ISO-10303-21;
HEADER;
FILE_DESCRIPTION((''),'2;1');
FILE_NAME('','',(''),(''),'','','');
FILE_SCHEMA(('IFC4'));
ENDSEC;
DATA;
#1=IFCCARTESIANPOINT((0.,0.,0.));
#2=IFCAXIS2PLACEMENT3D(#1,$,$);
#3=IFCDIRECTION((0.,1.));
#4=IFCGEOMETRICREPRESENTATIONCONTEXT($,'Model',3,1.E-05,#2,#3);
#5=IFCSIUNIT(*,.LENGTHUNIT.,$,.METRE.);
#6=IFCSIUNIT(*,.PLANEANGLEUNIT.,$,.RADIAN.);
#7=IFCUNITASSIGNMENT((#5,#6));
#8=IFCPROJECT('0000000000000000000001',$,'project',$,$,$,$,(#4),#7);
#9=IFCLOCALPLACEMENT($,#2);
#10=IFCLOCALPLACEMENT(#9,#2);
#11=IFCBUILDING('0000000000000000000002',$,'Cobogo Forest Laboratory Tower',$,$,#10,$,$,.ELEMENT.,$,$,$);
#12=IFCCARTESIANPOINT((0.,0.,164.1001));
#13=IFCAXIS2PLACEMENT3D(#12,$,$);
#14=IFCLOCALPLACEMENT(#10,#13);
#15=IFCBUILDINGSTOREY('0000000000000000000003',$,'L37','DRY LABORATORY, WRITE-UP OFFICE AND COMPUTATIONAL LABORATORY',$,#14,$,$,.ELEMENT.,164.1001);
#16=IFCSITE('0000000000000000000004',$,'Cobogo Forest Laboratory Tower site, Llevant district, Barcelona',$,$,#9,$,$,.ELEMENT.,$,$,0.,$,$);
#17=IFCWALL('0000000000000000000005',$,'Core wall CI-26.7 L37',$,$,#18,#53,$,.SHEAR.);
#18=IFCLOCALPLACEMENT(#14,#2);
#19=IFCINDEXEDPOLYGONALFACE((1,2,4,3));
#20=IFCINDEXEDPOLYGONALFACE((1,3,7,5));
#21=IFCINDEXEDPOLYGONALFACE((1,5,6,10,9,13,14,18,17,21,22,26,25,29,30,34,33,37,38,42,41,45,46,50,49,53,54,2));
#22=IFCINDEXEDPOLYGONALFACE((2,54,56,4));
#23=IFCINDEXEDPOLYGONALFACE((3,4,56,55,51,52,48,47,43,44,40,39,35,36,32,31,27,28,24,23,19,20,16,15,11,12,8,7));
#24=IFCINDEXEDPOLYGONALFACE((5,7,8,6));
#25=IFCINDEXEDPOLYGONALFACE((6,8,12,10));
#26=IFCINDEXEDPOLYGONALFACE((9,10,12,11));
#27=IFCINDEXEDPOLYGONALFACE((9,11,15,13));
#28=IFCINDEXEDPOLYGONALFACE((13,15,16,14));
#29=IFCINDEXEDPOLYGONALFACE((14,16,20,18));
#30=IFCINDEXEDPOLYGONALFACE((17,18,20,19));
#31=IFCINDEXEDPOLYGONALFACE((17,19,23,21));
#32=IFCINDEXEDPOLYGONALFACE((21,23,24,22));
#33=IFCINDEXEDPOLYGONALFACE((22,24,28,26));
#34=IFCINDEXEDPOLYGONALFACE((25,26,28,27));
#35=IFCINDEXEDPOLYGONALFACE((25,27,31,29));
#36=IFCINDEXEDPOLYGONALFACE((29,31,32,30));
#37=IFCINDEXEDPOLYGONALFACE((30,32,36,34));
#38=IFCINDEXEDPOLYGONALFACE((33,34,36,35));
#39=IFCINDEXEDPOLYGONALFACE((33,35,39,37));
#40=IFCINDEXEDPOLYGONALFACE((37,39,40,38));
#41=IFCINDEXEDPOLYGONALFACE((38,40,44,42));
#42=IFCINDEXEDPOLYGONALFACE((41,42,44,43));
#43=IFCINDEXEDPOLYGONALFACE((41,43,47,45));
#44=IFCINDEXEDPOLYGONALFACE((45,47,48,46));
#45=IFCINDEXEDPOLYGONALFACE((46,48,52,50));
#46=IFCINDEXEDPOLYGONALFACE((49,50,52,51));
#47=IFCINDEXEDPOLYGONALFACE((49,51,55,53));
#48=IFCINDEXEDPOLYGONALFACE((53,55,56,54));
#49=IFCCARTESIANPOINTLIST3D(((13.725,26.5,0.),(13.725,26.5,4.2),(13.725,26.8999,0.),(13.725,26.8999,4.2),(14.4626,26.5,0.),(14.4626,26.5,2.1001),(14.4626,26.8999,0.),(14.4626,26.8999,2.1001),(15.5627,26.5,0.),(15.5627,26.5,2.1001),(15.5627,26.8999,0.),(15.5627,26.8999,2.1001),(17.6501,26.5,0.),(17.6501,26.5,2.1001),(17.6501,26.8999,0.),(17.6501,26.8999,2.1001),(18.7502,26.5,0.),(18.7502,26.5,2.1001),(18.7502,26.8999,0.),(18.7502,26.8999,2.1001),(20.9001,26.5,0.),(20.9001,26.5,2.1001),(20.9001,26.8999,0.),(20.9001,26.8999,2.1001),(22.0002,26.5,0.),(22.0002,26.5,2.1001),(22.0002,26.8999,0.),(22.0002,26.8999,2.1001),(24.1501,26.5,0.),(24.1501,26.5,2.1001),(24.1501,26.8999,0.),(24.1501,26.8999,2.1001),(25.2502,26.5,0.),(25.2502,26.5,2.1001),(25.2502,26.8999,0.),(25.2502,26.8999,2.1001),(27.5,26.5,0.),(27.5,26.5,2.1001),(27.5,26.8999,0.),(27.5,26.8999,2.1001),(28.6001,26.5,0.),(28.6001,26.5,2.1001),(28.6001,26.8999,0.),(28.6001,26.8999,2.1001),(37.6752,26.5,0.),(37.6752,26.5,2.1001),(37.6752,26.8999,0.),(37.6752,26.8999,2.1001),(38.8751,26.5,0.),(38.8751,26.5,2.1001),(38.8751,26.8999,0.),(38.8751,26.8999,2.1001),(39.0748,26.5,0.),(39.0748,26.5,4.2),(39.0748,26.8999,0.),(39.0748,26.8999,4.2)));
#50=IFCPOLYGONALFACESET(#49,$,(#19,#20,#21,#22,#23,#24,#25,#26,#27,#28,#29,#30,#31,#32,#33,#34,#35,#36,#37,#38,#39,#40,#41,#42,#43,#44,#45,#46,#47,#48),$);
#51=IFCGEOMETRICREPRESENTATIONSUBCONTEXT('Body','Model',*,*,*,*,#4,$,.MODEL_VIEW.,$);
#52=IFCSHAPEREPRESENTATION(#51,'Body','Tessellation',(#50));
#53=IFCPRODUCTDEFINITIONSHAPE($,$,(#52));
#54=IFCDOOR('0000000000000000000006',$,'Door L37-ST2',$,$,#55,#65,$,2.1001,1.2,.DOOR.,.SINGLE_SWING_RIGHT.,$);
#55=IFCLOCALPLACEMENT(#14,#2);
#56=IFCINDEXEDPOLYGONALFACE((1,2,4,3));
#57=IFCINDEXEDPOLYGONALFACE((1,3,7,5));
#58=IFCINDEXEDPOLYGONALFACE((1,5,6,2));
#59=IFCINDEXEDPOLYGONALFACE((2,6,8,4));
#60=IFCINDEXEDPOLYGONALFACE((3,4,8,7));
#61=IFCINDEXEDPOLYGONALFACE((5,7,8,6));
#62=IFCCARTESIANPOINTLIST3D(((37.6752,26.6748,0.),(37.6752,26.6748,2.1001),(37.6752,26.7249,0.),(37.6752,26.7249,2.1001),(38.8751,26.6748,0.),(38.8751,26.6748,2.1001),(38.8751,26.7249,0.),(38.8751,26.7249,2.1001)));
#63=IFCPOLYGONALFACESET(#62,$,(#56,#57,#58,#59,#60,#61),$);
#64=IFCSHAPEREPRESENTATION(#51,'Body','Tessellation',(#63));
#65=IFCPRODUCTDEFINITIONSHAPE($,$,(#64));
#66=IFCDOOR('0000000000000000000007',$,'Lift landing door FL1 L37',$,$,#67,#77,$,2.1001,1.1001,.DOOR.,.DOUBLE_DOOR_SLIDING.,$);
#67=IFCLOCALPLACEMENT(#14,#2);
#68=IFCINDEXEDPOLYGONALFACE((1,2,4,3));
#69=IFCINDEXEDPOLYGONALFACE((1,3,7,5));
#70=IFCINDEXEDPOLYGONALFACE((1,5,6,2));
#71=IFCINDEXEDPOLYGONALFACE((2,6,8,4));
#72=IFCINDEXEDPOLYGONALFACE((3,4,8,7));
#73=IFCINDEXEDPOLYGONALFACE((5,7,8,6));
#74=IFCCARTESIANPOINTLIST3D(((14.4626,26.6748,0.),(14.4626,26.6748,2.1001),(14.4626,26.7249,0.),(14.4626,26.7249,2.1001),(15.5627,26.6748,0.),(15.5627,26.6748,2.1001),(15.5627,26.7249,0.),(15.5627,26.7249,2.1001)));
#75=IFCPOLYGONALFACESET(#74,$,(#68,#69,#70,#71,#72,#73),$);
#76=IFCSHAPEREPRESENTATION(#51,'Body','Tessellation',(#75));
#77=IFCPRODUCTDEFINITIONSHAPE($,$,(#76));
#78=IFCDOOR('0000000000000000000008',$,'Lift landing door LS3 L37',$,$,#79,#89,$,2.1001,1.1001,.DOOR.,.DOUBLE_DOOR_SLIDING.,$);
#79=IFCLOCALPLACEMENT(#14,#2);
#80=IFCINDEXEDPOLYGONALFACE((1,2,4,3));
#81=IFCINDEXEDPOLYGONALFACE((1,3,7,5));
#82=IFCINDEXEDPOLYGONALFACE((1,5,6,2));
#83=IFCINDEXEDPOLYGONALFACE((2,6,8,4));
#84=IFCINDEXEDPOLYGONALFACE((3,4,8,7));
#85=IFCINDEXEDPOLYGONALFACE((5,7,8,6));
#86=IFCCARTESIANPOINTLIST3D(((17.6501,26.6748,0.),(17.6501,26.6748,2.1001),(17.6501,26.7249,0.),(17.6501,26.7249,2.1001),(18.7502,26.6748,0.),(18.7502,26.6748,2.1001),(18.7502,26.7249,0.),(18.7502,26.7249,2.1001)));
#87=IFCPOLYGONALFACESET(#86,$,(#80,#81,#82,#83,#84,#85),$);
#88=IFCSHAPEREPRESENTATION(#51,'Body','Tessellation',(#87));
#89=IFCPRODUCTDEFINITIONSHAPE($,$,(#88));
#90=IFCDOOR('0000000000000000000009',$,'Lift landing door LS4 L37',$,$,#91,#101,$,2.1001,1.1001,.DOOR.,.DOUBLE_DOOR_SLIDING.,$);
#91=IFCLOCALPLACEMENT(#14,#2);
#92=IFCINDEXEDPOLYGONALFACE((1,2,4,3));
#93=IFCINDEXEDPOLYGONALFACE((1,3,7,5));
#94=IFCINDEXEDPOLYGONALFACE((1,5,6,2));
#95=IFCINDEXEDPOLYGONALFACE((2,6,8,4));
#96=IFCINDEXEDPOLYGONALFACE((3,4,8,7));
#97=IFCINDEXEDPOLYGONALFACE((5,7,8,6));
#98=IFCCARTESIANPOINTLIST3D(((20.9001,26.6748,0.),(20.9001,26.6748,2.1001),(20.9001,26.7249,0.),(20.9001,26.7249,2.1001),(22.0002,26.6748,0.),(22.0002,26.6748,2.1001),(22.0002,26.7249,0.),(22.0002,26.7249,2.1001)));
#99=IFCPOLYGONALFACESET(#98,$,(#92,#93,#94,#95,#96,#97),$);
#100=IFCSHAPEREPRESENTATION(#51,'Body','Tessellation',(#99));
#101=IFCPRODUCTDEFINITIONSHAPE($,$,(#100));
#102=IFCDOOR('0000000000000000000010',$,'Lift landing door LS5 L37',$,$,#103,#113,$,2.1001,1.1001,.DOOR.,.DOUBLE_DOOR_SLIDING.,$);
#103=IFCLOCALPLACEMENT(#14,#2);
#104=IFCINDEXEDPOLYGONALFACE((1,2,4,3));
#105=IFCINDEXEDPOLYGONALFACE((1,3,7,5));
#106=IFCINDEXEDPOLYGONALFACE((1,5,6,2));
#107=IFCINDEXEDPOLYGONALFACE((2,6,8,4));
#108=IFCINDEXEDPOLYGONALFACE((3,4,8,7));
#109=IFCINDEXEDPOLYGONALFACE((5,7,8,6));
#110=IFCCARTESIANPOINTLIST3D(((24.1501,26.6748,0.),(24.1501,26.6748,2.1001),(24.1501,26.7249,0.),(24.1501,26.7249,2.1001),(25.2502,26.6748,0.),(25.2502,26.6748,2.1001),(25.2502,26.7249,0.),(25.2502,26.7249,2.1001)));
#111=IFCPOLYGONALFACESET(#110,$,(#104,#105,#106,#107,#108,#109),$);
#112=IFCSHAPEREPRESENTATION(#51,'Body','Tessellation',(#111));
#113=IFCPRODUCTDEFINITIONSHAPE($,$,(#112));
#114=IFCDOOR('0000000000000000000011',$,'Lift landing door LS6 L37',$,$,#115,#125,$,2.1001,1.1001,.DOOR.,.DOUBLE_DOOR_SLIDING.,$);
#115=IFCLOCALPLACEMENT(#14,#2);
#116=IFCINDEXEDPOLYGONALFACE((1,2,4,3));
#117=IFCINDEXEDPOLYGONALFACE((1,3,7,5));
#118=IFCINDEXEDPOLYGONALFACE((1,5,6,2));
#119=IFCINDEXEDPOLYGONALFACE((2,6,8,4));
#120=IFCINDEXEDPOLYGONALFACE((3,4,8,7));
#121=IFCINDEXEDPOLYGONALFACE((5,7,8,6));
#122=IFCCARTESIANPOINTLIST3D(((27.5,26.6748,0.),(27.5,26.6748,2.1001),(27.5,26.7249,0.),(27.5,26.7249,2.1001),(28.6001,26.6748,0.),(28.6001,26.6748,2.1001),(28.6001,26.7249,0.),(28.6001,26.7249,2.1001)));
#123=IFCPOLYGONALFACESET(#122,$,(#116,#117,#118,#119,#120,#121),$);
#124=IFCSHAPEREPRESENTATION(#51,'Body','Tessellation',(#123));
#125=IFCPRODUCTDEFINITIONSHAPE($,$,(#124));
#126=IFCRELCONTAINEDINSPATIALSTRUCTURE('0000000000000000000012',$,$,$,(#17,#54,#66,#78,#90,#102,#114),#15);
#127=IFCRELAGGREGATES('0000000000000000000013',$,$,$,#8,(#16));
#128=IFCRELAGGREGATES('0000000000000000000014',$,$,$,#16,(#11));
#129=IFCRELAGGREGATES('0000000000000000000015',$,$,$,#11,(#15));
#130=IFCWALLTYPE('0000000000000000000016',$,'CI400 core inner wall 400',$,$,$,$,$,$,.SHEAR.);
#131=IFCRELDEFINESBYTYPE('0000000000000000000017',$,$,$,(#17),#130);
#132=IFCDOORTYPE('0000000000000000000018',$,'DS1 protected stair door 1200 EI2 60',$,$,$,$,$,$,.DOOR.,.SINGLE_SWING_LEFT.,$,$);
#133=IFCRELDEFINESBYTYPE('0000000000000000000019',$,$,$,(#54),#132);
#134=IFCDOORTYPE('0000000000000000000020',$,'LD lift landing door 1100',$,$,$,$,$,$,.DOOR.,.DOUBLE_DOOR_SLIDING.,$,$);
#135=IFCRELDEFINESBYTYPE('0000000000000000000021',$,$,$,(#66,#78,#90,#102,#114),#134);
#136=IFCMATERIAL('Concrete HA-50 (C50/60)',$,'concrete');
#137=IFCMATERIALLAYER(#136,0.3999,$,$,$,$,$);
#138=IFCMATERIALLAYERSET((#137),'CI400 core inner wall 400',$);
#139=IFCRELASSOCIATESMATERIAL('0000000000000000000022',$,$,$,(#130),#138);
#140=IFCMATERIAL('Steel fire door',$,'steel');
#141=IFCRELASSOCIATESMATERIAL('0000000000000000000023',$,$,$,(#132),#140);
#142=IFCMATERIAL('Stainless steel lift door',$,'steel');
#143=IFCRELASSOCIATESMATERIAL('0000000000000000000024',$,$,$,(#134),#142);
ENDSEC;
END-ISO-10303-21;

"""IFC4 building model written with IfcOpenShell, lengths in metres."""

from ifc_helpers import new_model, si_unit, direction, frame, frame_2d, origin, place, context, subcontext, project, spatial, rectangle, extrude, material, layer, layer_set, type_object, element, fill, save


model = new_model("IFC4")

# Units and contexts
model_context = context("Model", 3, precision=1e-05, world=origin(), true_north=direction((0.0, 1.0)))
body_context = subcontext(model_context, "Body", "Model", "MODEL_VIEW")
ifc_project = project(units=[si_unit("LENGTHUNIT", "METRE"), si_unit("PLANEANGLEUNIT", "RADIAN")], contexts=[model_context])

# Site, building, storey
site_placement = place(None, origin())
site = spatial("IfcSite", under=ifc_project, at=site_placement, Name="Cobogo Forest Laboratory Tower site, Llevant district, Barcelona", CompositionType="ELEMENT", RefElevation=0.0)
building_placement = place(site_placement, origin())
building = spatial("IfcBuilding", under=site, at=building_placement, Name="Cobogo Forest Laboratory Tower", CompositionType="ELEMENT")
storey_placement = place(building_placement, frame((0.0, 0.0, 164.1001)))
storey = spatial("IfcBuildingStorey", under=building, at=storey_placement, Name="L37", Description="DRY LABORATORY, WRITE-UP OFFICE AND COMPUTATIONAL LABORATORY", CompositionType="ELEMENT", Elevation=164.1001)

# Shared definitions
ifc_material_1 = material(Name="Concrete HA-50 (C50/60)", Category="concrete")

# Shared definitions
ifc_layer_1 = layer(ifc_material_1, 0.3999)
ifc_layer_set_1 = layer_set([ifc_layer_1], Name="CI400 core inner wall 400")
wall_type_1 = type_object("IfcWallType", Name="CI400 core inner wall 400", PredefinedType="SHEAR", material=ifc_layer_set_1)

# Wall, openings, doors
wall_1_placement = place(storey_placement, frame((13.7251, 26.7, 0.0), z_axis=(0.0, 0.0, 1.0), x_axis=(1.0, 0.0, 0.0)))
wall_1 = element("IfcWall", 1, at=wall_1_placement, inside=storey, type_object=wall_type_1, Name="Core wall CI-26.7 L37", PredefinedType="SHEAR", context=body_context, shape_type="SweptSolid", body=[
    extrude(rectangle(XDim=25.3499, YDim=0.3999, at=frame_2d((12.6748, 0.0))), origin(), (0.0, 0.0, 1.0), 4.2),
])
opening_1_placement = place(wall_1_placement, frame((23.95, 0.0, 0.0)))
opening_1 = element("IfcOpeningElement", 2, at=opening_1_placement, cuts=wall_1, PredefinedType="OPENING", context=body_context, shape_type="SweptSolid", body=[
    extrude(rectangle(XDim=1.2, YDim=2.1001, at=frame_2d((0.6001, 1.05))), frame((0.0, 0.21, 0.0), z_axis=(0.0, -1.0, 0.0), x_axis=(1.0, 0.0, 0.0)), (0.0, 0.0, 1.0), 0.4199),
])
opening_2_placement = place(wall_1_placement, frame((0.7375, 0.0, 0.0)))
opening_2 = element("IfcOpeningElement", 3, at=opening_2_placement, cuts=wall_1, PredefinedType="OPENING", context=body_context, shape_type="SweptSolid", body=[
    extrude(rectangle(XDim=1.1001, YDim=2.1001, at=frame_2d((0.55, 1.05))), frame((0.0, 0.21, 0.0), z_axis=(0.0, -1.0, 0.0), x_axis=(1.0, 0.0, 0.0)), (0.0, 0.0, 1.0), 0.4199),
])
opening_3_placement = place(wall_1_placement, frame((3.925, 0.0, 0.0)))
opening_3 = element("IfcOpeningElement", 4, at=opening_3_placement, cuts=wall_1, PredefinedType="OPENING", context=body_context, shape_type="SweptSolid", body=[
    extrude(rectangle(XDim=1.1001, YDim=2.1001, at=frame_2d((0.55, 1.05))), frame((0.0, 0.21, 0.0), z_axis=(0.0, -1.0, 0.0), x_axis=(1.0, 0.0, 0.0)), (0.0, 0.0, 1.0), 0.4199),
])
opening_4_placement = place(wall_1_placement, frame((7.175, 0.0, 0.0)))
opening_4 = element("IfcOpeningElement", 5, at=opening_4_placement, cuts=wall_1, PredefinedType="OPENING", context=body_context, shape_type="SweptSolid", body=[
    extrude(rectangle(XDim=1.1001, YDim=2.1001, at=frame_2d((0.55, 1.05))), frame((0.0, 0.21, 0.0), z_axis=(0.0, -1.0, 0.0), x_axis=(1.0, 0.0, 0.0)), (0.0, 0.0, 1.0), 0.4199),
])
opening_5_placement = place(wall_1_placement, frame((10.425, 0.0, 0.0)))
opening_5 = element("IfcOpeningElement", 6, at=opening_5_placement, cuts=wall_1, PredefinedType="OPENING", context=body_context, shape_type="SweptSolid", body=[
    extrude(rectangle(XDim=1.1001, YDim=2.1001, at=frame_2d((0.55, 1.05))), frame((0.0, 0.21, 0.0), z_axis=(0.0, -1.0, 0.0), x_axis=(1.0, 0.0, 0.0)), (0.0, 0.0, 1.0), 0.4199),
])
opening_6_placement = place(wall_1_placement, frame((13.7749, 0.0, 0.0)))
opening_6 = element("IfcOpeningElement", 7, at=opening_6_placement, cuts=wall_1, PredefinedType="OPENING", context=body_context, shape_type="SweptSolid", body=[
    extrude(rectangle(XDim=1.1001, YDim=2.1001, at=frame_2d((0.55, 1.05))), frame((0.0, 0.21, 0.0), z_axis=(0.0, -1.0, 0.0), x_axis=(1.0, 0.0, 0.0)), (0.0, 0.0, 1.0), 0.4199),
])
ifc_material_2 = material(Name="Steel fire door", Category="steel")
door_type_1 = type_object("IfcDoorType", Name="DS1 protected stair door 1200 EI2 60", OperationType="SINGLE_SWING_LEFT", PredefinedType="DOOR", material=ifc_material_2)
door_1_placement = place(opening_1_placement, origin())
door_1 = element("IfcDoor", 8, at=door_1_placement, inside=storey, type_object=door_type_1, Name="Door L37-ST2", OperationType="SINGLE_SWING_RIGHT", OverallHeight=2.1001, OverallWidth=1.2, PredefinedType="DOOR", context=body_context, shape_type="SweptSolid", body=[
    extrude(rectangle(XDim=1.2, YDim=2.1001, at=frame_2d((0.6001, 1.05))), frame((0.0, 0.0249, 0.0), z_axis=(0.0, -1.0, 0.0), x_axis=(1.0, 0.0, 0.0)), (0.0, 0.0, 1.0), 0.05),
])
fill(opening_1, door_1)
ifc_material_3 = material(Name="Stainless steel lift door", Category="steel")
door_type_2 = type_object("IfcDoorType", Name="LD lift landing door 1100", OperationType="DOUBLE_DOOR_SLIDING", PredefinedType="DOOR", material=ifc_material_3)
door_2_placement = place(opening_2_placement, origin())
door_2 = element("IfcDoor", 9, at=door_2_placement, inside=storey, type_object=door_type_2, Name="Lift landing door FL1 L37", OperationType="DOUBLE_DOOR_SLIDING", OverallHeight=2.1001, OverallWidth=1.1001, PredefinedType="DOOR", context=body_context, shape_type="SweptSolid", body=[
    extrude(rectangle(XDim=1.1001, YDim=2.1001, at=frame_2d((0.55, 1.05))), frame((0.0, 0.0249, 0.0), z_axis=(0.0, -1.0, 0.0), x_axis=(1.0, 0.0, 0.0)), (0.0, 0.0, 1.0), 0.05),
])
fill(opening_2, door_2)
door_3_placement = place(opening_3_placement, origin())
door_3 = element("IfcDoor", 10, at=door_3_placement, inside=storey, type_object=door_type_2, Name="Lift landing door LS3 L37", OperationType="DOUBLE_DOOR_SLIDING", OverallHeight=2.1001, OverallWidth=1.1001, PredefinedType="DOOR", context=body_context, shape_type="SweptSolid", body=[
    extrude(rectangle(XDim=1.1001, YDim=2.1001, at=frame_2d((0.55, 1.05))), frame((0.0, 0.0249, 0.0), z_axis=(0.0, -1.0, 0.0), x_axis=(1.0, 0.0, 0.0)), (0.0, 0.0, 1.0), 0.05),
])
fill(opening_3, door_3)
door_4_placement = place(opening_4_placement, origin())
door_4 = element("IfcDoor", 11, at=door_4_placement, inside=storey, type_object=door_type_2, Name="Lift landing door LS4 L37", OperationType="DOUBLE_DOOR_SLIDING", OverallHeight=2.1001, OverallWidth=1.1001, PredefinedType="DOOR", context=body_context, shape_type="SweptSolid", body=[
    extrude(rectangle(XDim=1.1001, YDim=2.1001, at=frame_2d((0.55, 1.05))), frame((0.0, 0.0249, 0.0), z_axis=(0.0, -1.0, 0.0), x_axis=(1.0, 0.0, 0.0)), (0.0, 0.0, 1.0), 0.05),
])
fill(opening_4, door_4)
door_5_placement = place(opening_5_placement, origin())
door_5 = element("IfcDoor", 12, at=door_5_placement, inside=storey, type_object=door_type_2, Name="Lift landing door LS5 L37", OperationType="DOUBLE_DOOR_SLIDING", OverallHeight=2.1001, OverallWidth=1.1001, PredefinedType="DOOR", context=body_context, shape_type="SweptSolid", body=[
    extrude(rectangle(XDim=1.1001, YDim=2.1001, at=frame_2d((0.55, 1.05))), frame((0.0, 0.0249, 0.0), z_axis=(0.0, -1.0, 0.0), x_axis=(1.0, 0.0, 0.0)), (0.0, 0.0, 1.0), 0.05),
])
fill(opening_5, door_5)
door_6_placement = place(opening_6_placement, origin())
door_6 = element("IfcDoor", 13, at=door_6_placement, inside=storey, type_object=door_type_2, Name="Lift landing door LS6 L37", OperationType="DOUBLE_DOOR_SLIDING", OverallHeight=2.1001, OverallWidth=1.1001, PredefinedType="DOOR", context=body_context, shape_type="SweptSolid", body=[
    extrude(rectangle(XDim=1.1001, YDim=2.1001, at=frame_2d((0.55, 1.05))), frame((0.0, 0.0249, 0.0), z_axis=(0.0, -1.0, 0.0), x_axis=(1.0, 0.0, 0.0)), (0.0, 0.0, 1.0), 0.05),
])
fill(opening_6, door_6)

save(model, "model.ifc")
